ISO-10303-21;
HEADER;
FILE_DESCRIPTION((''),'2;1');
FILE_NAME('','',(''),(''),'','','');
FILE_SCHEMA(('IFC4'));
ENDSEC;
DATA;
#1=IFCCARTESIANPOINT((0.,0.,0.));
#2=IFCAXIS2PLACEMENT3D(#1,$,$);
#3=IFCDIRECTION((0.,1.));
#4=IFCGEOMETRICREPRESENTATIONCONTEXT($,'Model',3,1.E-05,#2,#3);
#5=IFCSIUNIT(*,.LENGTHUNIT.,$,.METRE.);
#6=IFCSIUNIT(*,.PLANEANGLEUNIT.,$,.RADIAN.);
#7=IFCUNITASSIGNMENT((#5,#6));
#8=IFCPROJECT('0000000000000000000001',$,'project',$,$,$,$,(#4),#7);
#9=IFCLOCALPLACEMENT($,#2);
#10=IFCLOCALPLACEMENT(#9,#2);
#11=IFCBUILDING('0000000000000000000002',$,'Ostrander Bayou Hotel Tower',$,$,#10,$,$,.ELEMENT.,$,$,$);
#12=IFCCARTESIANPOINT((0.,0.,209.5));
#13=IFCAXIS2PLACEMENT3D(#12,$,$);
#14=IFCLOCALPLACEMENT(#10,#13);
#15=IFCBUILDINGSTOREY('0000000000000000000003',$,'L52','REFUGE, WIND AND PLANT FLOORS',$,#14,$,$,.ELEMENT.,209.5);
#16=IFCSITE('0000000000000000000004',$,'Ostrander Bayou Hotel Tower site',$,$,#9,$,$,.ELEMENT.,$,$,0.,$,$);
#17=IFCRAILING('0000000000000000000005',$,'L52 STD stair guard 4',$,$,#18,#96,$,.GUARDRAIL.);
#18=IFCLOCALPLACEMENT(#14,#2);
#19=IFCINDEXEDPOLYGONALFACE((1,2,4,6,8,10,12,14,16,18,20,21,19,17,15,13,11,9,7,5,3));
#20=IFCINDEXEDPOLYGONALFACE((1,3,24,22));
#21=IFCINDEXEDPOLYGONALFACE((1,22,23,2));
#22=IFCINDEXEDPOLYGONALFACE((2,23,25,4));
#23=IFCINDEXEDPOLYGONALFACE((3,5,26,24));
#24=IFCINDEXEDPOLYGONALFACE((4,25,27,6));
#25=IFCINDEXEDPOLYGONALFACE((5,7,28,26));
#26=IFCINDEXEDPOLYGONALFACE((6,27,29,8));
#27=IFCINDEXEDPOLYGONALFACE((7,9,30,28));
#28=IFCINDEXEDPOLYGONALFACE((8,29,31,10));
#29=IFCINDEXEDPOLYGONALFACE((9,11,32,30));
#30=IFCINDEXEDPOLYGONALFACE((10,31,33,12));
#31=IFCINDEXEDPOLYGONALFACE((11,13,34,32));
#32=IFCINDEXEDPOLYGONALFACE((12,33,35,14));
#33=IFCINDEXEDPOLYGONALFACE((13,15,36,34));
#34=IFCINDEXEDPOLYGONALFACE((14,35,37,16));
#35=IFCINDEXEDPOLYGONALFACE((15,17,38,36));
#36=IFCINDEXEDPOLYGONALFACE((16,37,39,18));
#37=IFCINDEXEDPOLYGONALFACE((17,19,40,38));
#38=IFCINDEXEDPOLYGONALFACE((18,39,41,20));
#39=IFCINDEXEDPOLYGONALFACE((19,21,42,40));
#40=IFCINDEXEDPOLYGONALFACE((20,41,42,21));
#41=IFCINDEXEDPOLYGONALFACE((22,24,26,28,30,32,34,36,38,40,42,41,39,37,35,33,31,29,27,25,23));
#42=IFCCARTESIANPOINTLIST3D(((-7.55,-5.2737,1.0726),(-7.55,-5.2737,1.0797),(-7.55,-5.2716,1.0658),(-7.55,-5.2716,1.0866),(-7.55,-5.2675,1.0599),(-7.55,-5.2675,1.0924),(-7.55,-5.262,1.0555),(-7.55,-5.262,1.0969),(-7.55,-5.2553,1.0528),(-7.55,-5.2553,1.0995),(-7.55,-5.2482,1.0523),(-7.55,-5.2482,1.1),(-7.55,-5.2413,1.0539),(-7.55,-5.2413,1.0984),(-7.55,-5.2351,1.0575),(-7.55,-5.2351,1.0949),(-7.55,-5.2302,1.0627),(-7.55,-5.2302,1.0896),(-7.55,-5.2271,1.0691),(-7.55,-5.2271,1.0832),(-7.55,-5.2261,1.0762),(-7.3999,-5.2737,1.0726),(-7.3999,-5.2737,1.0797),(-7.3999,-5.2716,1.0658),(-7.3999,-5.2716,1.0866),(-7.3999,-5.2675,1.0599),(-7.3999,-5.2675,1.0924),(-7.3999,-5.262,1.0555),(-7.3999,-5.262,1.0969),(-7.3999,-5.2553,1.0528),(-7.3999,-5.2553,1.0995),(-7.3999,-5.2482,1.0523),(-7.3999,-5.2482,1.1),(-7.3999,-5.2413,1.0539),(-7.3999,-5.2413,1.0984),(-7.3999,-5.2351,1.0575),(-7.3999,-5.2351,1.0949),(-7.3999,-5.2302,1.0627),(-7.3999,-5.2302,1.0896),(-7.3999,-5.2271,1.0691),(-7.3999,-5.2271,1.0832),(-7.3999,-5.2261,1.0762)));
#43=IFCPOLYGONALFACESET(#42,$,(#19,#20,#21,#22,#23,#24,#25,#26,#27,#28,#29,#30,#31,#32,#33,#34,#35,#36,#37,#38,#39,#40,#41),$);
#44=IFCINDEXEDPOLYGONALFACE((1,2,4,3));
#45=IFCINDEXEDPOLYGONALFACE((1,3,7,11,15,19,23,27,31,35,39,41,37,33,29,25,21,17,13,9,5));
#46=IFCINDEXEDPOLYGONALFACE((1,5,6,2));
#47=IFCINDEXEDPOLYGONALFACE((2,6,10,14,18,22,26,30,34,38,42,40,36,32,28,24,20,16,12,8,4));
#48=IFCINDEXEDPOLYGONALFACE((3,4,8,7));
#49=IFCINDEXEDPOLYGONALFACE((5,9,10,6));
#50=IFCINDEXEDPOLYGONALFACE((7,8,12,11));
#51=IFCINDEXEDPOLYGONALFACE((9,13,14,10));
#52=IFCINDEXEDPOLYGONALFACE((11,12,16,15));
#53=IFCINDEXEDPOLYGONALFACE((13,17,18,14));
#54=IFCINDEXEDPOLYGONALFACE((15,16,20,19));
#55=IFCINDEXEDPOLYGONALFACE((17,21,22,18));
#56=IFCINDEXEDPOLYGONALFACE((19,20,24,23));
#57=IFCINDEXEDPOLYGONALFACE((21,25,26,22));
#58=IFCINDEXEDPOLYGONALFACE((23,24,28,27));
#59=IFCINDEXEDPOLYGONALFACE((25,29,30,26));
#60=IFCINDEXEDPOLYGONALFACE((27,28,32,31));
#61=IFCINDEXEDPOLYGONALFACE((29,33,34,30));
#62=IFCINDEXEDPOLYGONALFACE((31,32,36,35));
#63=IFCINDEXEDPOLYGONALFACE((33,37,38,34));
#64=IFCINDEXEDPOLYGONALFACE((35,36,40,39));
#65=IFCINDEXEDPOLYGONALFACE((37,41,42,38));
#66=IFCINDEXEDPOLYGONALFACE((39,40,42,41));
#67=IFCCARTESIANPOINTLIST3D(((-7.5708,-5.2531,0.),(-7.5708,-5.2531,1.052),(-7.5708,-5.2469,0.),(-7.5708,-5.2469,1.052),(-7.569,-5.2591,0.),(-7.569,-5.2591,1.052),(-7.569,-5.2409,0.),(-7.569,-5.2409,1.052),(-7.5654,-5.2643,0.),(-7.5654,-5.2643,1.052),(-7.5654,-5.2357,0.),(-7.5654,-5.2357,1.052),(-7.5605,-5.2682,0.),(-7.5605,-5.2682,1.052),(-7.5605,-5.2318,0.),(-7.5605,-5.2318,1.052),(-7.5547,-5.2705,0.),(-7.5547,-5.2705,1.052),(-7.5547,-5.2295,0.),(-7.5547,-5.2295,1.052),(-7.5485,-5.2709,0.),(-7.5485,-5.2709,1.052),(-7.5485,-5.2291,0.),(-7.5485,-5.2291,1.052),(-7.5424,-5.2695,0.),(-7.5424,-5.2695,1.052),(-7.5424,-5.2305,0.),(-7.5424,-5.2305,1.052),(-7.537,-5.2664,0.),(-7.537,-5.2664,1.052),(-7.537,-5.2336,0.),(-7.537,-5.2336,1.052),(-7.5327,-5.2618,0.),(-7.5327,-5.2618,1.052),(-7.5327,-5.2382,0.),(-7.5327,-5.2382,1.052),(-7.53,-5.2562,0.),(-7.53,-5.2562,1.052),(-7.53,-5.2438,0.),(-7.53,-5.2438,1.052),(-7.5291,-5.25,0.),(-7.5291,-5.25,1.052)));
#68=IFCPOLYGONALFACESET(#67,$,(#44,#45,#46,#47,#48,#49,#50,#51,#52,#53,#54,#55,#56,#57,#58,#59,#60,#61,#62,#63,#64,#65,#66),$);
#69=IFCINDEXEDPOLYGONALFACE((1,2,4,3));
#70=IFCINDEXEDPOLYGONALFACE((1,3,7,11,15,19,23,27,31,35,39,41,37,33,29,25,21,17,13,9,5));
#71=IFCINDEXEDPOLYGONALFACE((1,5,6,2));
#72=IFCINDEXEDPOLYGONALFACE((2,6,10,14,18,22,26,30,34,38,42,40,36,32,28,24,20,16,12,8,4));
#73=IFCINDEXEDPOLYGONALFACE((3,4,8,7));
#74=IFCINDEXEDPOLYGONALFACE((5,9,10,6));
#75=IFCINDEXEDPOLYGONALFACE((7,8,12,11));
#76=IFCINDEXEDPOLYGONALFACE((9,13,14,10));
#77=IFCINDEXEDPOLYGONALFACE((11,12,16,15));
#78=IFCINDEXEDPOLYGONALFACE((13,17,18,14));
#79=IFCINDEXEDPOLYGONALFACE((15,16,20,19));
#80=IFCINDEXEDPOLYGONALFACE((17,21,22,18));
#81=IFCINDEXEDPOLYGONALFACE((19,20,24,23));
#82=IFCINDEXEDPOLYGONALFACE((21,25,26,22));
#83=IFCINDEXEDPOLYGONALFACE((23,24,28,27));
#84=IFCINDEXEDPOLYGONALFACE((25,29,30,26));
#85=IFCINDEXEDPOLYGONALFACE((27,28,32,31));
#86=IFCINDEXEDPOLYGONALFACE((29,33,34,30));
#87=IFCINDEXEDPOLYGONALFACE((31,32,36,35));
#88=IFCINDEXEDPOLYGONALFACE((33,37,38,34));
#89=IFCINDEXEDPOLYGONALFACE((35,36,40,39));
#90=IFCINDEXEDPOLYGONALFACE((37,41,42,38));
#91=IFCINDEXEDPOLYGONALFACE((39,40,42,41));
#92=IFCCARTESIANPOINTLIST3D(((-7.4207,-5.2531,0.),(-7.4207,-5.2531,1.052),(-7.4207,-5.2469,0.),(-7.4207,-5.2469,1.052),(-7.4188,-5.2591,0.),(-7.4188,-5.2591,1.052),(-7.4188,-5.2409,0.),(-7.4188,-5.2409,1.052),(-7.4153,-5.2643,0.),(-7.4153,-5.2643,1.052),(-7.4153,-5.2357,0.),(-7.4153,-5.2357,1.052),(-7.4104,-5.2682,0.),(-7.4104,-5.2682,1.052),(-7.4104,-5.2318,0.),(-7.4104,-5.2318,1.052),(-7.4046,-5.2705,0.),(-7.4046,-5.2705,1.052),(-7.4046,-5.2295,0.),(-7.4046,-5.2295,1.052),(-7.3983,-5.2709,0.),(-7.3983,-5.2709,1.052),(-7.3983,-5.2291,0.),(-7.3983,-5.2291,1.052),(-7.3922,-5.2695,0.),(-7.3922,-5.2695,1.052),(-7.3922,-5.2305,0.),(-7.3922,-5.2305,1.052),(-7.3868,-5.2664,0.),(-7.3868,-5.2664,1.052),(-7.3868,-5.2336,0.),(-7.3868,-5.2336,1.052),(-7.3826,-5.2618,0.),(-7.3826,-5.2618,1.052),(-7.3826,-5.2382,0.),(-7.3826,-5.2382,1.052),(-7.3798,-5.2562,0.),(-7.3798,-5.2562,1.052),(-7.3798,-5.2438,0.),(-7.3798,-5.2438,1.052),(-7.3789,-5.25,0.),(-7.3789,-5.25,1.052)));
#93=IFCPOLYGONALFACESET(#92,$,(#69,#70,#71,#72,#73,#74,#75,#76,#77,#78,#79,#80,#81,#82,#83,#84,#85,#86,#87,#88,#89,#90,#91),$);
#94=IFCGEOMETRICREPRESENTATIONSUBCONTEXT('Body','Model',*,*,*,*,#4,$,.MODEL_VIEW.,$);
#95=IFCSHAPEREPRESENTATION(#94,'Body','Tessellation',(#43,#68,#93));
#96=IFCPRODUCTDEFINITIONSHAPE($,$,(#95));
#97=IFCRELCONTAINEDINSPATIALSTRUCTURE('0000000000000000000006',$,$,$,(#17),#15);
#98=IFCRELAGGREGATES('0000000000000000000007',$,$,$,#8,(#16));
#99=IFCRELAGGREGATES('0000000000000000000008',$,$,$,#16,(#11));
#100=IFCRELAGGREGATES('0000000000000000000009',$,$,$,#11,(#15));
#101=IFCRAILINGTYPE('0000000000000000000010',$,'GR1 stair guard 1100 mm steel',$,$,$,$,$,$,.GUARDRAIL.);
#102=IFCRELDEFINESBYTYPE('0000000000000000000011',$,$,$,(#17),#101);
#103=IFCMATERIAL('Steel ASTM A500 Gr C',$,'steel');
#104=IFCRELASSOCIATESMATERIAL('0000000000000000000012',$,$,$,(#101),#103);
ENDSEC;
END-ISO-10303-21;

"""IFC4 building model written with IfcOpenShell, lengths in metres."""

from ifc_helpers import new_model, si_unit, direction, frame, origin, origin_2d, place, context, subcontext, project, spatial, circle, extrude, material, type_object, element, save


model = new_model("IFC4")

# Units and contexts
model_context = context("Model", 3, precision=1e-05, world=origin(), true_north=direction((0.0, 1.0)))
body_context = subcontext(model_context, "Body", "Model", "MODEL_VIEW")
ifc_project = project(units=[si_unit("LENGTHUNIT", "METRE"), si_unit("PLANEANGLEUNIT", "RADIAN")], contexts=[model_context])

# Site, building, storey
site_placement = place(None, origin())
site = spatial("IfcSite", under=ifc_project, at=site_placement, Name="Ostrander Bayou Hotel Tower site", CompositionType="ELEMENT", RefElevation=0.0)
building_placement = place(site_placement, origin())
building = spatial("IfcBuilding", under=site, at=building_placement, Name="Ostrander Bayou Hotel Tower", CompositionType="ELEMENT")
storey_placement = place(building_placement, frame((0.0, 0.0, 209.5)))
storey = spatial("IfcBuildingStorey", under=building, at=storey_placement, Name="L52", Description="REFUGE, WIND AND PLANT FLOORS", CompositionType="ELEMENT", Elevation=209.5)

# Railing
ifc_material_1 = material(Name="Steel ASTM A500 Gr C", Category="steel")
railing_type_1 = type_object("IfcRailingType", Name="GR1 stair guard 1100 mm steel", PredefinedType="GUARDRAIL", material=ifc_material_1)
railing_1_placement = place(storey_placement, frame((-7.55, -5.25, 0.0)))
element("IfcRailing", 1, at=railing_1_placement, inside=storey, type_object=railing_type_1, Name="L52 STD stair guard 4", PredefinedType="GUARDRAIL", context=body_context, shape_type="SweptSolid", body=[
    extrude(circle(Radius=0.0239, at=origin_2d()), frame((0.0, 0.0, 1.0762), z_axis=(1.0, 0.0, 0.0), x_axis=(0.0, 1.0, 0.0)), (0.0, 0.0, 1.0), 0.1501),
    extrude(circle(Radius=0.021, at=origin_2d()), origin(), (0.0, 0.0, 1.0), 1.052),
    extrude(circle(Radius=0.021, at=origin_2d()), frame((0.1501, 0.0, 0.0)), (0.0, 0.0, 1.0), 1.052),
])

save(model, "model.ifc")
